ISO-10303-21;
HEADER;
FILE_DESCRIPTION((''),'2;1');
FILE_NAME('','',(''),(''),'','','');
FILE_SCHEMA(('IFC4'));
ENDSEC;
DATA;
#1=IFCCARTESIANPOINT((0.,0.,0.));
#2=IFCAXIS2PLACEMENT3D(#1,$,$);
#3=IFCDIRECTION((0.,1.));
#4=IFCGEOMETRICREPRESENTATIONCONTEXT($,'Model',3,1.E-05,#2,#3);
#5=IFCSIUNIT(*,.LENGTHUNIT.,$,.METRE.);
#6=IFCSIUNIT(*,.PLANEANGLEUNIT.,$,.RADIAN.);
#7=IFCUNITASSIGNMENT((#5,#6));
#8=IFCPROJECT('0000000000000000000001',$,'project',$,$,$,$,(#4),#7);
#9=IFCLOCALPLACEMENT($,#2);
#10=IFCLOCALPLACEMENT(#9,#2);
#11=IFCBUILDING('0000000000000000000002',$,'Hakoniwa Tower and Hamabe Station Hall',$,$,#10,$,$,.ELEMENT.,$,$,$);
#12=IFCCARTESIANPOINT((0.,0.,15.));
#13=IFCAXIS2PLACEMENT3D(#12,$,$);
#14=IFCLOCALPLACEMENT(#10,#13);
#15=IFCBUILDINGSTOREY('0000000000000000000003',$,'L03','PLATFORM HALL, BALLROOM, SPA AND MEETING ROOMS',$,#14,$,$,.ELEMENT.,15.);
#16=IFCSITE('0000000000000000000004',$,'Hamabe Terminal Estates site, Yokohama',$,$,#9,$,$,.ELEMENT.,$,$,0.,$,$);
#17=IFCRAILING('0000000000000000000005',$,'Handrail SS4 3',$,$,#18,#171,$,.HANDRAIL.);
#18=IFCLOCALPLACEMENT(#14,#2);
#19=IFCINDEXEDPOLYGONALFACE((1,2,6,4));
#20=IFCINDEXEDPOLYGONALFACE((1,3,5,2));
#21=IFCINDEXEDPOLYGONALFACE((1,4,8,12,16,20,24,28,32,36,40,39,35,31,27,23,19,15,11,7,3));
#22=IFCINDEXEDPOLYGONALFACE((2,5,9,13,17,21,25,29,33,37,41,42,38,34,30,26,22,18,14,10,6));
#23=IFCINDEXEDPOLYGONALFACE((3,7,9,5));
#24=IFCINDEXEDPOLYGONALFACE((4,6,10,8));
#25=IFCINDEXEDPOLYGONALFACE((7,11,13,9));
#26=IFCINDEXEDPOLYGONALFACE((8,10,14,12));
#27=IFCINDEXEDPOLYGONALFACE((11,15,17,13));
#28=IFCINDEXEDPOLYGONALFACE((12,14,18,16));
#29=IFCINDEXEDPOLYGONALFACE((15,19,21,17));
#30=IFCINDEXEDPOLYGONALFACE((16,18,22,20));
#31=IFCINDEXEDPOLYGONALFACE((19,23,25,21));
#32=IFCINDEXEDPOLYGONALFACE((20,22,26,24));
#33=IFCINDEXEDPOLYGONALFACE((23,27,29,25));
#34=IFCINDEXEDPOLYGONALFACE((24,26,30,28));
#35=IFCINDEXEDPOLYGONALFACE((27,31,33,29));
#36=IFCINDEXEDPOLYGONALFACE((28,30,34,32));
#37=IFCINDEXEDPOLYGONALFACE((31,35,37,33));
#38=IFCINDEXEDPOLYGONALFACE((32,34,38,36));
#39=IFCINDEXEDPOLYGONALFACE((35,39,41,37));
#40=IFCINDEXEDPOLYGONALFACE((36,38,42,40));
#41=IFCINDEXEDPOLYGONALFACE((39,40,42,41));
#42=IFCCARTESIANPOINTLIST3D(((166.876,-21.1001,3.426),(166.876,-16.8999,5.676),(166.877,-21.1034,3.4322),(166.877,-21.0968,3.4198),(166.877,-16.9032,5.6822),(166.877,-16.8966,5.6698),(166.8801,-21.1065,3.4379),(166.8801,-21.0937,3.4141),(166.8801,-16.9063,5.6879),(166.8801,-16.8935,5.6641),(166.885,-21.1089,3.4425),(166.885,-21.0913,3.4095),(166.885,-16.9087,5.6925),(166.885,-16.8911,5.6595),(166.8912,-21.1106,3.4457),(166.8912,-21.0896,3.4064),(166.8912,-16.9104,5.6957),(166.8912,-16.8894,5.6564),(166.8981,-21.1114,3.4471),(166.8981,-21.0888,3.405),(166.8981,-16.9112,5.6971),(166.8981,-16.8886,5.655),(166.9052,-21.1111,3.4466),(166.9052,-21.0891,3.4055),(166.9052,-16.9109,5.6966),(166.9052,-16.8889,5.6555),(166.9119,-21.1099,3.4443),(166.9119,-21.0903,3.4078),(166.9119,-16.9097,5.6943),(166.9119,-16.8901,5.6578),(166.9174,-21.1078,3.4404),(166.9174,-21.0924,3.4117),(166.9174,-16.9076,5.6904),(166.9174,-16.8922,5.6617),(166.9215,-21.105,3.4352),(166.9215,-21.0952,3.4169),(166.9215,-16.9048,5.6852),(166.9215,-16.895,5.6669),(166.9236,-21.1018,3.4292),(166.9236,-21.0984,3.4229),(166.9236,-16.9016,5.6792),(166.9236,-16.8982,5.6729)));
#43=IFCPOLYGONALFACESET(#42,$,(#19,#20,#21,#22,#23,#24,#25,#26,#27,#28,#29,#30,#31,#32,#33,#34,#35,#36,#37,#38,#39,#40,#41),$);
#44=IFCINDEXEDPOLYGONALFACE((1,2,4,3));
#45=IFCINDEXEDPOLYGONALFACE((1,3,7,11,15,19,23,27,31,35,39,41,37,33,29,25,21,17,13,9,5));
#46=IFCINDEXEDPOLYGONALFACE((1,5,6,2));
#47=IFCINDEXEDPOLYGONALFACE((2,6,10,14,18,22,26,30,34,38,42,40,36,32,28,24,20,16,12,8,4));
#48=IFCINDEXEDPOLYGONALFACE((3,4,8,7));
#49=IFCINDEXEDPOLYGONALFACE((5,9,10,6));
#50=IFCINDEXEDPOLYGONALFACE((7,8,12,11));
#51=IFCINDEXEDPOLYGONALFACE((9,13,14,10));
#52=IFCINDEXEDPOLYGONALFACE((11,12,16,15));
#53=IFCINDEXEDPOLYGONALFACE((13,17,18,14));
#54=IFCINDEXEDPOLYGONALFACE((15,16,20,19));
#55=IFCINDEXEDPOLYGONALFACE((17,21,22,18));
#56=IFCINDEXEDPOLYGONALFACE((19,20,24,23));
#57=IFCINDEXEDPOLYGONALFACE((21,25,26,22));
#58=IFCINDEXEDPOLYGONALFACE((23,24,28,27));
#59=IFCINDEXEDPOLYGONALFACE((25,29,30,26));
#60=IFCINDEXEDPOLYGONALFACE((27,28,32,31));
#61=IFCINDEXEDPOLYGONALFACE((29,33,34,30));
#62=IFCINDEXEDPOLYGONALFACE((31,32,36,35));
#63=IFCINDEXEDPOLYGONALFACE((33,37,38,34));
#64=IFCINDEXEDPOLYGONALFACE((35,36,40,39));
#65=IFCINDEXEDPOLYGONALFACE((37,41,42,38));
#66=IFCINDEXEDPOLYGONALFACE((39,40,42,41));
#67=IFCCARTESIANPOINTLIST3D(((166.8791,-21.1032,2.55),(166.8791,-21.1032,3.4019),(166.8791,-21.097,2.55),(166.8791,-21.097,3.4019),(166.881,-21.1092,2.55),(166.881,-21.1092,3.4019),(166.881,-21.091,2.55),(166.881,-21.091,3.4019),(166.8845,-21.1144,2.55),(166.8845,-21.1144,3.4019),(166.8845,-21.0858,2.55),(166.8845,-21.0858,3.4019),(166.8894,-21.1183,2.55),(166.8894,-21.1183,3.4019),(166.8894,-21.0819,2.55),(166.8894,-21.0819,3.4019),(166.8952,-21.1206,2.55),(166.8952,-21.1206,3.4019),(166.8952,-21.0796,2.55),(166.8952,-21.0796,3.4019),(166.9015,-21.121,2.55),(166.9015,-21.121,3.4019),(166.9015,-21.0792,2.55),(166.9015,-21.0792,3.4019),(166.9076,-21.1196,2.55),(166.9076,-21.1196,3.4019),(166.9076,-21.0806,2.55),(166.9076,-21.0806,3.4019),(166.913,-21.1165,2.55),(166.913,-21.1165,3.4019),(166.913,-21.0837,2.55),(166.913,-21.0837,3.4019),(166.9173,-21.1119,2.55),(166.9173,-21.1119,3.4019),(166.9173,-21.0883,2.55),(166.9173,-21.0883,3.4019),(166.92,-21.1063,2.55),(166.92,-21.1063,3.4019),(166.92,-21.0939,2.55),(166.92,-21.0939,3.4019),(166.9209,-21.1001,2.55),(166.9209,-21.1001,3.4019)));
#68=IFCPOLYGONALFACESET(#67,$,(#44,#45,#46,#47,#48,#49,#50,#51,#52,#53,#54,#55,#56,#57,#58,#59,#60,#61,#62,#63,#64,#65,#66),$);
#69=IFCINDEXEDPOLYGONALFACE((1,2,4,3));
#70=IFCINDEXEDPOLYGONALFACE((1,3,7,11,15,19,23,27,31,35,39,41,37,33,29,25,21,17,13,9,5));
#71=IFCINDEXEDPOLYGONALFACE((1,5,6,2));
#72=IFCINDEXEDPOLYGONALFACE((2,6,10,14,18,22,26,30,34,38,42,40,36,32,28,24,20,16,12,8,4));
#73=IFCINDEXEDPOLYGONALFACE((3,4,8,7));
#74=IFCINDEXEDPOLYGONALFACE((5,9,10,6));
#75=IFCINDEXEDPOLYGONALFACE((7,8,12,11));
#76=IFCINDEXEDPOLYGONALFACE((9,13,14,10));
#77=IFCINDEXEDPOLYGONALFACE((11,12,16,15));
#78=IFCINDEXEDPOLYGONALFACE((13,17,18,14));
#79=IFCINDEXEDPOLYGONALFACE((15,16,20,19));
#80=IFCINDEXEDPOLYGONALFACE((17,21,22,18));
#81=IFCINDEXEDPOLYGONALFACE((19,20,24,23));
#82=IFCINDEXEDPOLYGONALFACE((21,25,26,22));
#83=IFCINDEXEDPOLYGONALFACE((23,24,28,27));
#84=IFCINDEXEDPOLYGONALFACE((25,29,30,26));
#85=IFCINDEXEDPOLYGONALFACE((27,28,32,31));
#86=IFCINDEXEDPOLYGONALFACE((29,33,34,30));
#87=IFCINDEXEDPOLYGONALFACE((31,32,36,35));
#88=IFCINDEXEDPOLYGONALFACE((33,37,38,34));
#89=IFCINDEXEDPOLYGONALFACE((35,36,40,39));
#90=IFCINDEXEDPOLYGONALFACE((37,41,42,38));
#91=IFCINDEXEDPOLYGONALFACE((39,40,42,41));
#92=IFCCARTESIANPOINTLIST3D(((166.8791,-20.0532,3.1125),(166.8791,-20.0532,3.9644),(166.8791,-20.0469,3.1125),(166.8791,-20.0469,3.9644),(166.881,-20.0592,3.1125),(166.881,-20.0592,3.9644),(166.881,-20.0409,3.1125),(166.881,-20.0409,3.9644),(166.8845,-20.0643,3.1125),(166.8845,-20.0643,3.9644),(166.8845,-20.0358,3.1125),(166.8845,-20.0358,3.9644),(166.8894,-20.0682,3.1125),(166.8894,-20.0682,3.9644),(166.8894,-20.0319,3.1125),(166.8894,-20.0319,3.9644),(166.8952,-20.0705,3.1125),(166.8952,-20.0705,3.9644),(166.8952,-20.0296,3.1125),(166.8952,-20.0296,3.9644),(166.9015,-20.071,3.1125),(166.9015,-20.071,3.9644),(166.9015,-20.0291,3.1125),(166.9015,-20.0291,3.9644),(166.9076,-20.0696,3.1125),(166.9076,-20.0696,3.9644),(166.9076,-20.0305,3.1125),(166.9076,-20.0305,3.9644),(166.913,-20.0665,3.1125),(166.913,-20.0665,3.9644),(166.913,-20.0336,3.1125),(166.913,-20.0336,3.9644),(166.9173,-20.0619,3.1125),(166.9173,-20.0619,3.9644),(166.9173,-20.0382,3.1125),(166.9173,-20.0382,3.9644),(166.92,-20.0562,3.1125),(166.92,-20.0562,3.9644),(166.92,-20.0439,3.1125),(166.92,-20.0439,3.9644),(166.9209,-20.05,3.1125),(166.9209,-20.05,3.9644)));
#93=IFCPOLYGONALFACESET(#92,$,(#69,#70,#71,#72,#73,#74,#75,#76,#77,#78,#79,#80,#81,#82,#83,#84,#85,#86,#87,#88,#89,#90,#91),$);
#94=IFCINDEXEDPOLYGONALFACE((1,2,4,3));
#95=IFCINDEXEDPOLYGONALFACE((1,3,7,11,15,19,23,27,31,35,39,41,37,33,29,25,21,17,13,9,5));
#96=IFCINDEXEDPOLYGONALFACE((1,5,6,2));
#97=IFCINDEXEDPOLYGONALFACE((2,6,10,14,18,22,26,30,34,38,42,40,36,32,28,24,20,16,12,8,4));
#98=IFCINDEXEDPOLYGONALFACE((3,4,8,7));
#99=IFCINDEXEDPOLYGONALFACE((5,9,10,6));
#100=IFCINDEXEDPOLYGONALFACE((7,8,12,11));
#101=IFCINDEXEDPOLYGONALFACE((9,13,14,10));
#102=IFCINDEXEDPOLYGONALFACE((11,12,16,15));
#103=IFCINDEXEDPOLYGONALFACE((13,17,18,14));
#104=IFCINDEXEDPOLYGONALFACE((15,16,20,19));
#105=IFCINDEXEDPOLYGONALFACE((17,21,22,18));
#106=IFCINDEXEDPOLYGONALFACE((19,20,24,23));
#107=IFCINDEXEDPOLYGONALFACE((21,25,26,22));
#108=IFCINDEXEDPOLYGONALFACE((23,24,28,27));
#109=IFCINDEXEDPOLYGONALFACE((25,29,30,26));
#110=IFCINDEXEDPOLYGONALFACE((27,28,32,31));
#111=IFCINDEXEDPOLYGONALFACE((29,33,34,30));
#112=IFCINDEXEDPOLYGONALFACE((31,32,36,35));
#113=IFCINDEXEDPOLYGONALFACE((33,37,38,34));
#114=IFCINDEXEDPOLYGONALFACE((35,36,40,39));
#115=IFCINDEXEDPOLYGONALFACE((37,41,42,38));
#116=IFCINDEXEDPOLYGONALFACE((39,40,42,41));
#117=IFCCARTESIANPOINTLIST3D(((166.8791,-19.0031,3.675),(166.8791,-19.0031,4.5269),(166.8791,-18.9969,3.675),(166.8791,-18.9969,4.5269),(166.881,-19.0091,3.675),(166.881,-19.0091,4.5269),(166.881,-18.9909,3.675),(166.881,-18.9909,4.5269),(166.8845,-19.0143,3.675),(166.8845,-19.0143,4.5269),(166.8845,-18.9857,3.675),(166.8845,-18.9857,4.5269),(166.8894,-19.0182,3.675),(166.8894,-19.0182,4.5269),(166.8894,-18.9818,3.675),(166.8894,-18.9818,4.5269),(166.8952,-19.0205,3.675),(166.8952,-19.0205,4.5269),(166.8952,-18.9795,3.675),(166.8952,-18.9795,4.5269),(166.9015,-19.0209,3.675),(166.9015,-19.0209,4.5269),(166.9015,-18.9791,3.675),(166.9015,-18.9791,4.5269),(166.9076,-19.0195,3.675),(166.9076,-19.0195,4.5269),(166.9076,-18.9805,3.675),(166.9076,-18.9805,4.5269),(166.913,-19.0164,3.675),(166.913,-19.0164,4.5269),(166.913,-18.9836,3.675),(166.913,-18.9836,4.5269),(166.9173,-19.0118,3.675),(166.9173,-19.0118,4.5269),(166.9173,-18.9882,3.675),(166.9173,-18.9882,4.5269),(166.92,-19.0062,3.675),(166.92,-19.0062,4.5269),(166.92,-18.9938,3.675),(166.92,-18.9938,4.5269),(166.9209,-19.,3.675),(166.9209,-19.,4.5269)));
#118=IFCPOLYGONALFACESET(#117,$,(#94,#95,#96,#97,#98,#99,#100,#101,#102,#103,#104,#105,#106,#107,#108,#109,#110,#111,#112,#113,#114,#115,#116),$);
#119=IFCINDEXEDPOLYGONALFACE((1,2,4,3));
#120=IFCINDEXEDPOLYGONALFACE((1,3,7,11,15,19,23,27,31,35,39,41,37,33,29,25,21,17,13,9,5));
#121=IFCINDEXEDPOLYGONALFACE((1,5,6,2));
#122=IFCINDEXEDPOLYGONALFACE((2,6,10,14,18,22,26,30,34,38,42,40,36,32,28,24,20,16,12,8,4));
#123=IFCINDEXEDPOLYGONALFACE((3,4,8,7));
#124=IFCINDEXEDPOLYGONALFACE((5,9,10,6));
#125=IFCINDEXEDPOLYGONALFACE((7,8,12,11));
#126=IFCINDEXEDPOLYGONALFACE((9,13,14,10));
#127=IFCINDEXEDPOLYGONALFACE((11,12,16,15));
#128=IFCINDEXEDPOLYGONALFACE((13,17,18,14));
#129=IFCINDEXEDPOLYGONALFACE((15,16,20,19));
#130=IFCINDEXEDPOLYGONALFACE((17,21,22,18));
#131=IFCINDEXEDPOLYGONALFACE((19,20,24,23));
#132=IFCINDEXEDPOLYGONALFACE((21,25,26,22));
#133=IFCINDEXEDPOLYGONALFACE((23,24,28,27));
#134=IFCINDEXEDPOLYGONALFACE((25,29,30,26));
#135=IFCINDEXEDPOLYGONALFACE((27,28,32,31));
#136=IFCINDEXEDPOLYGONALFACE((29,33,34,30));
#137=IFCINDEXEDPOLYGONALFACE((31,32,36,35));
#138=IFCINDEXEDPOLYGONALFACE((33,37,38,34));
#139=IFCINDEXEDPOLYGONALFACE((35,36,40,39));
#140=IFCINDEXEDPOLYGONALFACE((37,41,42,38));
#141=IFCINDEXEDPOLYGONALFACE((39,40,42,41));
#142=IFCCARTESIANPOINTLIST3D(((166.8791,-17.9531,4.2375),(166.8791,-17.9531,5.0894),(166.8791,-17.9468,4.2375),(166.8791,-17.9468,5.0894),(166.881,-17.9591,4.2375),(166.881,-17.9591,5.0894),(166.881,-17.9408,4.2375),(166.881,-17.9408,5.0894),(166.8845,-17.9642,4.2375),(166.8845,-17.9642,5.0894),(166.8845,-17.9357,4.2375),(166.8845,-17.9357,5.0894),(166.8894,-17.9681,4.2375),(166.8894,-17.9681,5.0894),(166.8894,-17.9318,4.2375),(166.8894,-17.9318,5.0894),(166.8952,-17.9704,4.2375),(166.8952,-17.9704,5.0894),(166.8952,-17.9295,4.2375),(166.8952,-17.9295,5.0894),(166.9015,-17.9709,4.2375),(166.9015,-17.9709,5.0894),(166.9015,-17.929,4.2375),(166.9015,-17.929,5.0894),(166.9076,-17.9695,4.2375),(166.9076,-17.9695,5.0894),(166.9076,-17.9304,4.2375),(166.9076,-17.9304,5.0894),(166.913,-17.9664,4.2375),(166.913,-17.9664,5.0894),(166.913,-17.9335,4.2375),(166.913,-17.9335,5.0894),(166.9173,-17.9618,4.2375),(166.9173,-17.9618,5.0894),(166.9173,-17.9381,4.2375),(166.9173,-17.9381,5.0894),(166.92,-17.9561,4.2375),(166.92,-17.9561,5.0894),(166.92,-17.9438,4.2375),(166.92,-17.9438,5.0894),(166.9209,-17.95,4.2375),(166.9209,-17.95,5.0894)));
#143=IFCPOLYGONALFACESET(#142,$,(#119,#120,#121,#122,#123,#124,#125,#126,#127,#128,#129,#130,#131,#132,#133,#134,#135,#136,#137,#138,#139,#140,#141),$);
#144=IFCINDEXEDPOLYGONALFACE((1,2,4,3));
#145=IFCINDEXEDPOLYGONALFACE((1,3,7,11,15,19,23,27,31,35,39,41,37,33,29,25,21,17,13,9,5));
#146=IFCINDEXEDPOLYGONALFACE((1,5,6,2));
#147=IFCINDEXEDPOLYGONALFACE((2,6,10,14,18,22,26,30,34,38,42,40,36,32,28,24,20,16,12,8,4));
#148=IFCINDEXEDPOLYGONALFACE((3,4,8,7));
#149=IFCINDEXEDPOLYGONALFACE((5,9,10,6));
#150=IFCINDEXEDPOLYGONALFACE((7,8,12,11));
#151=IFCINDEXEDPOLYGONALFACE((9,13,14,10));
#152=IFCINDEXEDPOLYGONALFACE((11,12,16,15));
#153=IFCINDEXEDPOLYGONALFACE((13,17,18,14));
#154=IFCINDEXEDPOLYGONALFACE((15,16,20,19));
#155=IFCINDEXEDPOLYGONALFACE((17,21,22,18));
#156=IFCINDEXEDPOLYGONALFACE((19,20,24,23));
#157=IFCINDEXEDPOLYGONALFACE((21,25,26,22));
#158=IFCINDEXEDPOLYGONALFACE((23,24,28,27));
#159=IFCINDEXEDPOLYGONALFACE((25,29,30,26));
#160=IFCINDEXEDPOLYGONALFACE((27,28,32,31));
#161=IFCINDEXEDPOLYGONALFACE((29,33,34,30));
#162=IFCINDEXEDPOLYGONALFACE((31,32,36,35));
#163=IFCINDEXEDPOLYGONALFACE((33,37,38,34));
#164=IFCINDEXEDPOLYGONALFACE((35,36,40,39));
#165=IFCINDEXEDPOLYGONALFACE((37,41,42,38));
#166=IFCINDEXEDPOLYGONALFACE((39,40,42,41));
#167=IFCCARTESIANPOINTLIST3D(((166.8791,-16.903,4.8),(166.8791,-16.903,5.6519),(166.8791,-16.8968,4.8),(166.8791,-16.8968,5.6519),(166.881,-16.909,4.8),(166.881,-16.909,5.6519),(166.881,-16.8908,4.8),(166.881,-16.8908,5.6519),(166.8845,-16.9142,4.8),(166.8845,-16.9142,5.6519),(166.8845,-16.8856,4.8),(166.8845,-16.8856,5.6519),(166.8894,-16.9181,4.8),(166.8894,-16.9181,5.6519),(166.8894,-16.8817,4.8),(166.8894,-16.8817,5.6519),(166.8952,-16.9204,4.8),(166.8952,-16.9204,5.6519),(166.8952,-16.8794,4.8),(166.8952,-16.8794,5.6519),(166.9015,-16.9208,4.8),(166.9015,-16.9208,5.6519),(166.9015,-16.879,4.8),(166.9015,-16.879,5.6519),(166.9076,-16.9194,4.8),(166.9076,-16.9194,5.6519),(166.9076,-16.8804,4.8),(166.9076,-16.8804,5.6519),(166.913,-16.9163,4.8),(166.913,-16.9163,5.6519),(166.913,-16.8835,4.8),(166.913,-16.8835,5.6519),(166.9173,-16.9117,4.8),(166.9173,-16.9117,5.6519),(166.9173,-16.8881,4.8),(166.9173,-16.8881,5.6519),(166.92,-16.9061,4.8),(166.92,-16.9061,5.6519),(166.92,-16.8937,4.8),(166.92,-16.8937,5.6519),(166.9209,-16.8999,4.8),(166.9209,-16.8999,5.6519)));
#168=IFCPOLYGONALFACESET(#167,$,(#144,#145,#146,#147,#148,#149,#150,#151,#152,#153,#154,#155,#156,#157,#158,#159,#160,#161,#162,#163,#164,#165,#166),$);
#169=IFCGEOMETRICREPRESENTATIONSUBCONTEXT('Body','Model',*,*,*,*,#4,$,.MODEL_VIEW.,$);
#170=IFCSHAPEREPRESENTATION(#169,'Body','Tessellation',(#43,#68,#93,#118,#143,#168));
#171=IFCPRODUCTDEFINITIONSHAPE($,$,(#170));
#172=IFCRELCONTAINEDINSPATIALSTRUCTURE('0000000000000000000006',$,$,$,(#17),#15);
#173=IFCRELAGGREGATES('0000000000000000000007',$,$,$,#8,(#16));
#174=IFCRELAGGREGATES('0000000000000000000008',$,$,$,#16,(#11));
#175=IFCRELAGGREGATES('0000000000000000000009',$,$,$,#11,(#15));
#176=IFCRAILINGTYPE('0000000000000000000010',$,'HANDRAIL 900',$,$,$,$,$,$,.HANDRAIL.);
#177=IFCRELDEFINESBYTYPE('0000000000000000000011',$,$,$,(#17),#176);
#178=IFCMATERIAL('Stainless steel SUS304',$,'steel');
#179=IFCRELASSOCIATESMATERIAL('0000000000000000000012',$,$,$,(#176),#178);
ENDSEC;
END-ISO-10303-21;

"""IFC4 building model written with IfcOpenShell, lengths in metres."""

from ifc_helpers import new_model, si_unit, direction, frame, origin, origin_2d, place, context, subcontext, project, spatial, circle, extrude, material, type_object, element, save


model = new_model("IFC4")

# Units and contexts
model_context = context("Model", 3, precision=1e-05, world=origin(), true_north=direction((0.0, 1.0)))
body_context = subcontext(model_context, "Body", "Model", "MODEL_VIEW")
ifc_project = project(units=[si_unit("LENGTHUNIT", "METRE"), si_unit("PLANEANGLEUNIT", "RADIAN")], contexts=[model_context])

# Site, building, storey
site_placement = place(None, origin())
site = spatial("IfcSite", under=ifc_project, at=site_placement, Name="Hamabe Terminal Estates site, Yokohama", CompositionType="ELEMENT", RefElevation=0.0)
building_placement = place(site_placement, origin())
building = spatial("IfcBuilding", under=site, at=building_placement, Name="Hakoniwa Tower and Hamabe Station Hall", CompositionType="ELEMENT")
storey_placement = place(building_placement, frame((0.0, 0.0, 15.0)))
storey = spatial("IfcBuildingStorey", under=building, at=storey_placement, Name="L03", Description="PLATFORM HALL, BALLROOM, SPA AND MEETING ROOMS", CompositionType="ELEMENT", Elevation=15.0)

# Railing
ifc_material_1 = material(Name="Stainless steel SUS304", Category="steel")
railing_type_1 = type_object("IfcRailingType", Name="HANDRAIL 900", PredefinedType="HANDRAIL", material=ifc_material_1)
for number, where, name in (
    (1, (166.8999, -21.1001, 2.55), "Handrail SS4 3"),
):
    element("IfcRailing", number, at=place(storey_placement, frame(where)), inside=storey, type_object=railing_type_1, Name=name, PredefinedType="HANDRAIL", context=body_context, shape_type="SweptSolid", body=[
        extrude(circle(Radius=0.0239, at=origin_2d()), frame((0.0, 0.0, 0.876), z_axis=(0.0, 0.881489, 0.472204), x_axis=(-1.0, 0.0, 0.0)), (0.0, 0.0, 1.0), 4.7649),
        extrude(circle(Radius=0.021, at=origin_2d()), origin(), (0.0, 0.0, 1.0), 0.8518),
        extrude(circle(Radius=0.021, at=origin_2d()), frame((0.0, 1.05, 0.5625)), (0.0, 0.0, 1.0), 0.8518),
        extrude(circle(Radius=0.021, at=origin_2d()), frame((0.0, 2.1001, 1.125)), (0.0, 0.0, 1.0), 0.8518),
        extrude(circle(Radius=0.021, at=origin_2d()), frame((0.0, 3.1501, 1.6875)), (0.0, 0.0, 1.0), 0.8518),
        extrude(circle(Radius=0.021, at=origin_2d()), frame((0.0, 4.2002, 2.25)), (0.0, 0.0, 1.0), 0.8518),
    ])

save(model, "model.ifc")
